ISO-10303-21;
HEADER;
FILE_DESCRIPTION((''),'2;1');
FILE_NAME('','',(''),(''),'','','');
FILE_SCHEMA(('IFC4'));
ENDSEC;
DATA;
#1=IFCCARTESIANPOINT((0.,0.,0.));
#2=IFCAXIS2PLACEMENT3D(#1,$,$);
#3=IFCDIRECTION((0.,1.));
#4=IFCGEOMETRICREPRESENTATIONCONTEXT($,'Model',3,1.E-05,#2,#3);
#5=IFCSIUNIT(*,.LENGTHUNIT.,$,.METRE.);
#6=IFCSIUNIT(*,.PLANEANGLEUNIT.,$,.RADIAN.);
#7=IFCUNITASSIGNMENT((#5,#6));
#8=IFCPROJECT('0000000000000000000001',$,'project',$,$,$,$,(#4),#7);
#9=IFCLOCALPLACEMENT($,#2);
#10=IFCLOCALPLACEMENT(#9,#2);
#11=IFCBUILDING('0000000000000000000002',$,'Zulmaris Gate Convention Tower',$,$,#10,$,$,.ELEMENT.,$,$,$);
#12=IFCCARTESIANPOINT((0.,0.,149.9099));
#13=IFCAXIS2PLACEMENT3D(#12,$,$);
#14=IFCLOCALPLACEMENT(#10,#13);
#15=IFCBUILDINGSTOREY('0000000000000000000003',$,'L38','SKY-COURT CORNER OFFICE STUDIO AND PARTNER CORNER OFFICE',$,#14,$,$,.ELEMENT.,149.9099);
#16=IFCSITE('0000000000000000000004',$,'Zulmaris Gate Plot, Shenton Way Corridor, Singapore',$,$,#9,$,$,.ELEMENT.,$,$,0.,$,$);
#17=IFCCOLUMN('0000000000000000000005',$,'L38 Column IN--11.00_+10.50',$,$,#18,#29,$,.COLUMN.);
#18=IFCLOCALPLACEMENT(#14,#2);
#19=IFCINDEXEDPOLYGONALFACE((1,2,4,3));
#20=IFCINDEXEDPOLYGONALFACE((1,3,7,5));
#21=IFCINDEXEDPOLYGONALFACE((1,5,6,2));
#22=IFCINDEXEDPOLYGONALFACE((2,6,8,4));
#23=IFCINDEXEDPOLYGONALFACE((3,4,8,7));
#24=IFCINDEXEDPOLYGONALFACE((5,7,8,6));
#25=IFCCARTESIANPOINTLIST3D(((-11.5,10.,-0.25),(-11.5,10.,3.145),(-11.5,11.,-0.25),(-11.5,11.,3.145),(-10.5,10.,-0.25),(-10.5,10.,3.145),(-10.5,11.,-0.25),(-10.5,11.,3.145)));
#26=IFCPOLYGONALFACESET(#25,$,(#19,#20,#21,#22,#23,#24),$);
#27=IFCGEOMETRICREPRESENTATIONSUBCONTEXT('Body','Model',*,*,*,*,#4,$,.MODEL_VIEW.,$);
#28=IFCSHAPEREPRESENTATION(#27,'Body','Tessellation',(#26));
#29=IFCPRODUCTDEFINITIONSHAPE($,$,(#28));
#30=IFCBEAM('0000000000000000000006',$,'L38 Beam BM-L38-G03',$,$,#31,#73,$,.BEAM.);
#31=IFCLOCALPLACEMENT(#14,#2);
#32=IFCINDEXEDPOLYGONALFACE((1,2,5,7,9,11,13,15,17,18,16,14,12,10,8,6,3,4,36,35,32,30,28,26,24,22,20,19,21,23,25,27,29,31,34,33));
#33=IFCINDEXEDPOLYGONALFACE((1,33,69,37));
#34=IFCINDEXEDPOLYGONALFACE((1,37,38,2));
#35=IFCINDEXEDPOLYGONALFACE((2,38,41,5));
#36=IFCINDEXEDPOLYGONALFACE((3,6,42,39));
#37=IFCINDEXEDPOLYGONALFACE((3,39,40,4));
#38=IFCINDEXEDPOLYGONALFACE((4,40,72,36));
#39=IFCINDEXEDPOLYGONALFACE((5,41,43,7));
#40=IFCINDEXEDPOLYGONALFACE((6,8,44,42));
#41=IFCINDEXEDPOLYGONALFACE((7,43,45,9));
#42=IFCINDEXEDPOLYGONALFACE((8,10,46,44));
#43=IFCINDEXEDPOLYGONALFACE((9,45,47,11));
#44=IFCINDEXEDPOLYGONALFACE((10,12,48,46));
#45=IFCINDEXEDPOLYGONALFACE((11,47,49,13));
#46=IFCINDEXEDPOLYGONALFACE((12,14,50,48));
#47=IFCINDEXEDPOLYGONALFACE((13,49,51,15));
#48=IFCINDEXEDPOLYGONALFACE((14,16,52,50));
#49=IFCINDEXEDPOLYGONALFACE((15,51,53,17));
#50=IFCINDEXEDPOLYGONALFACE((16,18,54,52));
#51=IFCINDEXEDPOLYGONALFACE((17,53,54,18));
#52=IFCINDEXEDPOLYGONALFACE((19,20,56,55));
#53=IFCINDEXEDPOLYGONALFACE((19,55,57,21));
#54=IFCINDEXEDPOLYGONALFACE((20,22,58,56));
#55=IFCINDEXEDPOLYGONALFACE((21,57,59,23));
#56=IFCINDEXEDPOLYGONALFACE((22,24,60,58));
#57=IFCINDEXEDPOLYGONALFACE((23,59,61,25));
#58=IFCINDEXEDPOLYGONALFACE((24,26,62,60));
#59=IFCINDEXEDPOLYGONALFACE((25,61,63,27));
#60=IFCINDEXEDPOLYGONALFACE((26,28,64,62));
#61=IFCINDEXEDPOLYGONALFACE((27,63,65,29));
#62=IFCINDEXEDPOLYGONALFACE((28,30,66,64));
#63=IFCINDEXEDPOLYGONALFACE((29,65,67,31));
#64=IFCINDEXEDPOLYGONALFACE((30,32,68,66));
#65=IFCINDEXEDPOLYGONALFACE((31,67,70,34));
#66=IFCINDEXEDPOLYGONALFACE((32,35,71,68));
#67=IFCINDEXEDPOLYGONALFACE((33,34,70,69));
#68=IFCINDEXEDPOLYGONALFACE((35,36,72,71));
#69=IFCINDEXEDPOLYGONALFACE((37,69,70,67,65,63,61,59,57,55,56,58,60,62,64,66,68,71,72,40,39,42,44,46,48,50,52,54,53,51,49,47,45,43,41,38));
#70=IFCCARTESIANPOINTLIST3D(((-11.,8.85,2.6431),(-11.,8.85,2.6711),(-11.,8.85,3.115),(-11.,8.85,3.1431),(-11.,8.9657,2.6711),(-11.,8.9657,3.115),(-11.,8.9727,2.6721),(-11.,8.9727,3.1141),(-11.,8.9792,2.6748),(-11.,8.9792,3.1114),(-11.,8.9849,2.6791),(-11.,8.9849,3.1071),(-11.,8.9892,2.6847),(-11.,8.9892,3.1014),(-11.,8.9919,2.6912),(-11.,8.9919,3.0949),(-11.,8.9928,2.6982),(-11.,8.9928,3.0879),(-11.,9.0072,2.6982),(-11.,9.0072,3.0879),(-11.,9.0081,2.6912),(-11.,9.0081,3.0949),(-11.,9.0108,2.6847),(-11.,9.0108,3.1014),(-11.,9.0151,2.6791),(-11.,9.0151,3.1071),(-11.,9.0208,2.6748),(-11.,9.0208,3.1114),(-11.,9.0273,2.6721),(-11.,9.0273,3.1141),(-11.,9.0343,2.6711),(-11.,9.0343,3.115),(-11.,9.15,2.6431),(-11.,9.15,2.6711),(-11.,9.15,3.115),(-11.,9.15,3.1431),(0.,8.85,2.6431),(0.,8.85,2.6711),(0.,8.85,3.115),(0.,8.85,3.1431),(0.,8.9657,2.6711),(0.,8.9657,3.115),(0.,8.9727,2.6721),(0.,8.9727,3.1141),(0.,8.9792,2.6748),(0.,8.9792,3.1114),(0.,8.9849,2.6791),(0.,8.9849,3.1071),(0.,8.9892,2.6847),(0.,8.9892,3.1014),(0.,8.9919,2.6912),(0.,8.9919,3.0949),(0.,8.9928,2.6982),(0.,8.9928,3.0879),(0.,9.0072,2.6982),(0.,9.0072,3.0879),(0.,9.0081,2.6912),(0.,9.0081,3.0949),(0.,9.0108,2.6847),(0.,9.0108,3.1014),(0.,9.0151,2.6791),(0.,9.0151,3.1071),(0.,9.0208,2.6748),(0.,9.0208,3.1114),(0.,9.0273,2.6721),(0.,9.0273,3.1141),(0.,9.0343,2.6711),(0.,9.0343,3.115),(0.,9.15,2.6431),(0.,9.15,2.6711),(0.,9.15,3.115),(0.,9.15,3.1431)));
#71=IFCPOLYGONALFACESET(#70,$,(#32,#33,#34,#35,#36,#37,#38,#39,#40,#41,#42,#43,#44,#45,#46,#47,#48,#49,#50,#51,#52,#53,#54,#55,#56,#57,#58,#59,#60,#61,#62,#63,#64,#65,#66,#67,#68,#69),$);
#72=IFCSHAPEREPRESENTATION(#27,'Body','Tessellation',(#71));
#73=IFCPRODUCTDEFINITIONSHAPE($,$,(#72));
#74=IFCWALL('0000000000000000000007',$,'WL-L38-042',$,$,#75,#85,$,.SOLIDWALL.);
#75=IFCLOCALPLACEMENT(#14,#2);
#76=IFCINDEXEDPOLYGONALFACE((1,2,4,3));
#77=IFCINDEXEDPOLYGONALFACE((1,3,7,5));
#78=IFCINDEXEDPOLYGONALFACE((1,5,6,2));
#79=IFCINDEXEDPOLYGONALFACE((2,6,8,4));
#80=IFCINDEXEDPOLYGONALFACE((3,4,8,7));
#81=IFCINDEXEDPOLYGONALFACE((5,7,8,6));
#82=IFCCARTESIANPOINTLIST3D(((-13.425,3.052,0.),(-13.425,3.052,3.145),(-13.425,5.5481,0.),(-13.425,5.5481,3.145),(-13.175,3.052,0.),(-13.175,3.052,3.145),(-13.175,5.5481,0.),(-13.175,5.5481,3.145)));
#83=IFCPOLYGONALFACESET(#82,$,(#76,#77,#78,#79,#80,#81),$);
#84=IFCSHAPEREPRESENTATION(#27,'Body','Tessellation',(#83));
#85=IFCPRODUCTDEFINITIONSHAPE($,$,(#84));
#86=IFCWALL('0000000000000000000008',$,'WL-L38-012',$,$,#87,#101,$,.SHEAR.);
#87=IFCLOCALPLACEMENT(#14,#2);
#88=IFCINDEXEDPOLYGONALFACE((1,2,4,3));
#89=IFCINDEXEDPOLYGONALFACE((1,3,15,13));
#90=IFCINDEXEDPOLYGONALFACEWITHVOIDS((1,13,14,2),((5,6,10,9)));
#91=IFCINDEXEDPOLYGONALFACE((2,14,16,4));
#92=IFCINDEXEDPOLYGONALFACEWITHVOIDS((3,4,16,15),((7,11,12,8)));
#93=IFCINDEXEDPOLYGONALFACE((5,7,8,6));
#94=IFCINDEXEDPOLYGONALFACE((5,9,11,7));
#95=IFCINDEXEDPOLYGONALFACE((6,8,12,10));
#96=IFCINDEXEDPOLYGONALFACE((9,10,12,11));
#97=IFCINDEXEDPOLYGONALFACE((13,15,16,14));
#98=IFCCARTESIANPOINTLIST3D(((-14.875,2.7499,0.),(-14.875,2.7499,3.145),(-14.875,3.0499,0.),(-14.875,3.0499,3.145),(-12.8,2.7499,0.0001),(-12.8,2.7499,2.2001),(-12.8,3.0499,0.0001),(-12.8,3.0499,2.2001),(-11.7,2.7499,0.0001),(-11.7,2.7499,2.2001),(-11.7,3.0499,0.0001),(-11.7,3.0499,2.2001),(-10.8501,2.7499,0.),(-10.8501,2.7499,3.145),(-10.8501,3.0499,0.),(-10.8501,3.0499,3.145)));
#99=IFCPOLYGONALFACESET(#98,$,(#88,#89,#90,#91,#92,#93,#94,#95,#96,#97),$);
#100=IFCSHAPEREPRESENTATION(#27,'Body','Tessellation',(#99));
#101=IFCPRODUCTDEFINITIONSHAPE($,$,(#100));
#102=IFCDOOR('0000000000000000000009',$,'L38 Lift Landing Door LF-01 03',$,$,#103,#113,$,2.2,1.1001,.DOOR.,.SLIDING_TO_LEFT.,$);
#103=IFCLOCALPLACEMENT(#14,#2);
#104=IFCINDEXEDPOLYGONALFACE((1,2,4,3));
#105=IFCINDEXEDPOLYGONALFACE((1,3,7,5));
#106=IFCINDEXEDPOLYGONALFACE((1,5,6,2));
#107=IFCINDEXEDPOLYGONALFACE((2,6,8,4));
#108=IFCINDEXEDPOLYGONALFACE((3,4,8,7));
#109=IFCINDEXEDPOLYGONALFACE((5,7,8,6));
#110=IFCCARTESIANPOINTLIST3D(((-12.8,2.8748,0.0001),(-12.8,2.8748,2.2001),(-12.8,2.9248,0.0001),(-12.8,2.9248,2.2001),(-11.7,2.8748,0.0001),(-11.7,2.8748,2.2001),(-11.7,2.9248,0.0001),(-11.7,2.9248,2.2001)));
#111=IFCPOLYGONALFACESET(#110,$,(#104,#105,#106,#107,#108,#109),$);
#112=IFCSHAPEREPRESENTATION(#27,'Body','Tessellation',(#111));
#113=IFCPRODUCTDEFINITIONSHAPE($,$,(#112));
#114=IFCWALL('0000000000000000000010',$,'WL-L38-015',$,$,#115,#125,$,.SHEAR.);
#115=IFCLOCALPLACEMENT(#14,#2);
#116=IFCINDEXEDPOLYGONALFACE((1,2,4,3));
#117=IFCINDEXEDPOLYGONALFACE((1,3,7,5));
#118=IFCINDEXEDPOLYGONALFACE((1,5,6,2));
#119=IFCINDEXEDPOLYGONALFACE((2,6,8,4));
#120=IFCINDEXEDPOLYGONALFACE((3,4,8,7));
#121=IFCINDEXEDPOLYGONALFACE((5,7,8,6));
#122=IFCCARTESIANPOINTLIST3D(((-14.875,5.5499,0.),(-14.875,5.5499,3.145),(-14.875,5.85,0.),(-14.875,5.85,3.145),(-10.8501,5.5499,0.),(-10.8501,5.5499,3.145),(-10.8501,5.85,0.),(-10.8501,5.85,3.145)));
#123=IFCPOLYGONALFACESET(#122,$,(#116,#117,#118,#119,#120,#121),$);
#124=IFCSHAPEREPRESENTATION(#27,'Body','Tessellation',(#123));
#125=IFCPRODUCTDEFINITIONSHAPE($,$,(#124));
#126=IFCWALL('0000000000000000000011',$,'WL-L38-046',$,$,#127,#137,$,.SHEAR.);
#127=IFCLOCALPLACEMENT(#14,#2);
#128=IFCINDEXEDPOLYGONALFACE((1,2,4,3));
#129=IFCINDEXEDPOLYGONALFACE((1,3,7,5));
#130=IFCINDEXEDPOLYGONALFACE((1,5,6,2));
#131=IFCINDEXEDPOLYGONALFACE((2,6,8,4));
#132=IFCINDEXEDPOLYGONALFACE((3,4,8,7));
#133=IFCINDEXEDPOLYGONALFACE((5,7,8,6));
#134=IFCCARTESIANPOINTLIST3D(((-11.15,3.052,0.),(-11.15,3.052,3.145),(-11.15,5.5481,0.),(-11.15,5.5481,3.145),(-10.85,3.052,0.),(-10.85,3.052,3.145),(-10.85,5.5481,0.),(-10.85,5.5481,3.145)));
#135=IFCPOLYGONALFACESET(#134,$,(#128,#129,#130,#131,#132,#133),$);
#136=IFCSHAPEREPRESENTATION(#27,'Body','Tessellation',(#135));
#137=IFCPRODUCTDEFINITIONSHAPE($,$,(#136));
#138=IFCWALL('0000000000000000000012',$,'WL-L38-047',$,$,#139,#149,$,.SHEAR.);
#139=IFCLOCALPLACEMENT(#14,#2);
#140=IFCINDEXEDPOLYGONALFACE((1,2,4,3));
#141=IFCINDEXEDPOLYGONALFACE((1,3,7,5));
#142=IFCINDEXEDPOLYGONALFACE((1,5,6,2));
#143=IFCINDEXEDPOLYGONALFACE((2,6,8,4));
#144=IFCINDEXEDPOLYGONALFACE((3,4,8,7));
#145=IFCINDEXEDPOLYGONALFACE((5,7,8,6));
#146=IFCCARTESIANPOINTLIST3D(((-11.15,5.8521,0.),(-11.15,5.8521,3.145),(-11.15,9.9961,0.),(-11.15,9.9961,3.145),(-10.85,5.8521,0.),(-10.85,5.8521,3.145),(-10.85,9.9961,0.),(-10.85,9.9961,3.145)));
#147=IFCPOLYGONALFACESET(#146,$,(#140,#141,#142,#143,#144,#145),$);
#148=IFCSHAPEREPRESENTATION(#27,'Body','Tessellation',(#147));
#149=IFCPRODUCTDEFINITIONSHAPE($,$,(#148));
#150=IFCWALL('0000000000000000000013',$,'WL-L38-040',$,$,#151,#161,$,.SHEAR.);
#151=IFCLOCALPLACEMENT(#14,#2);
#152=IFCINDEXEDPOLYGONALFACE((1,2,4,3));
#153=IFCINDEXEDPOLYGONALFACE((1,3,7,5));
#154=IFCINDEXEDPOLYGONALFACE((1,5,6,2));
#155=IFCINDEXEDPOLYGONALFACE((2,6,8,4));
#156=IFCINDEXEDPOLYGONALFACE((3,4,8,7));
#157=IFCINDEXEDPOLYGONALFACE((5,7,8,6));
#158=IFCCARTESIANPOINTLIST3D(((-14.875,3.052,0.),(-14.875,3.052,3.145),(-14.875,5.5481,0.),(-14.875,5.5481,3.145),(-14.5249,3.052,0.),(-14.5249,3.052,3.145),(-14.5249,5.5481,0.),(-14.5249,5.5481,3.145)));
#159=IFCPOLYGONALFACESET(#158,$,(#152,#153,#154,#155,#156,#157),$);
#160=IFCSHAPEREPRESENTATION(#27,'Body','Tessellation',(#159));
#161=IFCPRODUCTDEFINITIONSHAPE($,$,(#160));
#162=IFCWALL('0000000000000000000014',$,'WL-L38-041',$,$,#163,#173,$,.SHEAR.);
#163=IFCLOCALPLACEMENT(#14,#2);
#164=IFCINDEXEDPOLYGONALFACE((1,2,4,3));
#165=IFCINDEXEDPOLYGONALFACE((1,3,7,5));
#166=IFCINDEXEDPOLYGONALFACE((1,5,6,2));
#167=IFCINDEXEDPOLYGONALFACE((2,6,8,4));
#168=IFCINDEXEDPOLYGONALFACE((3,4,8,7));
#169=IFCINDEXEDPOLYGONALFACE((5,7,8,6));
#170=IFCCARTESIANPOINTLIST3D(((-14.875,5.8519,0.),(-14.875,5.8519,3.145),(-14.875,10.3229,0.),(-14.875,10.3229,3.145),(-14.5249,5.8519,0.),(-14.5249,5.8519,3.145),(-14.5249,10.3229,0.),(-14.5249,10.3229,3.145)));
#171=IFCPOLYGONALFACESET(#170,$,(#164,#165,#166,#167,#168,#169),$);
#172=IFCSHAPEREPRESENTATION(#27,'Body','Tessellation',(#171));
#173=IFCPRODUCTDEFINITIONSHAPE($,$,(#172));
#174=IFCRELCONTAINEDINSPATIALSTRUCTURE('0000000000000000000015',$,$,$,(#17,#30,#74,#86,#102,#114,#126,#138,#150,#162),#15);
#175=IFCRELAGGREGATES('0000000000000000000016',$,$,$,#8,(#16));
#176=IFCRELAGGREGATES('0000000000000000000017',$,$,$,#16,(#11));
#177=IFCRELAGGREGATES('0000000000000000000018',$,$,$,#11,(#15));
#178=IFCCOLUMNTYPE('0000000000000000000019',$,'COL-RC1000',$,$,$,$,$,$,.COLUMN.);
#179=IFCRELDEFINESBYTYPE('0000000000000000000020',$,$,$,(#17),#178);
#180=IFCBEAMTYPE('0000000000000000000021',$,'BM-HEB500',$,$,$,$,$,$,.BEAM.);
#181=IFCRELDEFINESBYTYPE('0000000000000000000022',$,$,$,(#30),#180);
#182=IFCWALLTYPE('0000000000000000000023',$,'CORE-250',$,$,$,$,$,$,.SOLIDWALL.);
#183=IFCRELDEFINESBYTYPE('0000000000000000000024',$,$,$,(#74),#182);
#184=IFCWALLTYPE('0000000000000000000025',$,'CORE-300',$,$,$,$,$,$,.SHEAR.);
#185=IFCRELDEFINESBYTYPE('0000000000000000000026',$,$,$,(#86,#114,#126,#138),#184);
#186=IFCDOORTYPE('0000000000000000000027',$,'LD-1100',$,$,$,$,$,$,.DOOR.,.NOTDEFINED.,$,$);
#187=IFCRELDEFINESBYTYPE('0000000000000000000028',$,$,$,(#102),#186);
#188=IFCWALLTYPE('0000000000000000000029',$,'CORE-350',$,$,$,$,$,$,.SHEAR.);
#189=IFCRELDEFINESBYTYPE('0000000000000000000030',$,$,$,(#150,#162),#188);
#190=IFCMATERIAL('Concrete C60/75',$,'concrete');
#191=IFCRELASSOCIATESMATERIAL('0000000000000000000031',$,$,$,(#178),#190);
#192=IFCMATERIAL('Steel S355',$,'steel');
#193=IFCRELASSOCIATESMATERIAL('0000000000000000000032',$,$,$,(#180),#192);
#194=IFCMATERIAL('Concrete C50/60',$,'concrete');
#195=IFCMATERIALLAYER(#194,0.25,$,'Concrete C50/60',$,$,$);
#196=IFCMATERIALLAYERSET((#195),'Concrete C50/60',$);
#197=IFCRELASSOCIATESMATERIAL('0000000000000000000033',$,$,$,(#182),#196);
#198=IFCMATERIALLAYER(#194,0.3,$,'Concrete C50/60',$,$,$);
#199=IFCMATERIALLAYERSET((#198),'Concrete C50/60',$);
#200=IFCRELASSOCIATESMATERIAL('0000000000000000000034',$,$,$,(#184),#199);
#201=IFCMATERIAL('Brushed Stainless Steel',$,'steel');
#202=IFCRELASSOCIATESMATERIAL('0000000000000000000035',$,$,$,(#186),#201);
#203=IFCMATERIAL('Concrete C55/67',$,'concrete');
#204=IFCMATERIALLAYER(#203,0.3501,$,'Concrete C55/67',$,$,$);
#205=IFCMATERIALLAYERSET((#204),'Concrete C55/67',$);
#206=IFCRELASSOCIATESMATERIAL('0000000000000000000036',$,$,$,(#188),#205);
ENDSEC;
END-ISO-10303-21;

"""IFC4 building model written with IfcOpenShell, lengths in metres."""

from ifc_helpers import new_model, si_unit, direction, frame, frame_2d, origin, origin_2d, place, context, subcontext, project, spatial, rectangle, i_section, extrude, material, layer, layer_set, material_profile, profile_set, type_object, element, fill, save


model = new_model("IFC4")

# Units and contexts
model_context = context("Model", 3, precision=1e-05, world=origin(), true_north=direction((0.0, 1.0)))
body_context = subcontext(model_context, "Body", "Model", "MODEL_VIEW")
ifc_project = project(units=[si_unit("LENGTHUNIT", "METRE"), si_unit("PLANEANGLEUNIT", "RADIAN")], contexts=[model_context])

# Site, building, storey
site_placement = place(None, origin())
site = spatial("IfcSite", under=ifc_project, at=site_placement, Name="Zulmaris Gate Plot, Shenton Way Corridor, Singapore", CompositionType="ELEMENT", RefElevation=0.0)
building_placement = place(site_placement, origin())
building = spatial("IfcBuilding", under=site, at=building_placement, Name="Zulmaris Gate Convention Tower", CompositionType="ELEMENT")
storey_placement = place(building_placement, frame((0.0, 0.0, 149.9099)))
storey = spatial("IfcBuildingStorey", under=building, at=storey_placement, Name="L38", Description="SKY-COURT CORNER OFFICE STUDIO AND PARTNER CORNER OFFICE", CompositionType="ELEMENT", Elevation=149.9099)

# Column
ifc_material_1 = material(Name="Concrete C60/75", Category="concrete")
ifc_material_profile_1 = material_profile(ifc_material_1, rectangle(XDim=1.0, YDim=1.0, at=origin_2d()), Name="RC COL 1000x1000")
ifc_profile_set_1 = profile_set([ifc_material_profile_1], Name="Concrete C60/75")
column_type = type_object("IfcColumnType", Name="COL-RC1000", PredefinedType="COLUMN", material=ifc_profile_set_1)
column_placement = place(storey_placement, frame((-11.0, 10.5, -0.25), z_axis=(0.0, 0.0, 1.0), x_axis=(1.0, 0.0, 0.0)))
element("IfcColumn", 1, at=column_placement, inside=storey, type_object=column_type, Name="L38 Column IN--11.00_+10.50", PredefinedType="COLUMN", context=body_context, shape_type="SweptSolid", body=[
    extrude(rectangle(XDim=1.0, YDim=1.0, at=origin_2d()), origin(), (0.0, 0.0, 1.0), 3.395),
])

# Beam
ifc_material_2 = material(Name="Steel S355", Category="steel")
ifc_material_profile_2 = material_profile(ifc_material_2, i_section(OverallWidth=0.3, OverallDepth=0.5, WebThickness=0.0144, FlangeThickness=0.0281, FilletRadius=0.0271, at=origin_2d()), Name="HEB 500")
ifc_profile_set_2 = profile_set([ifc_material_profile_2], Name="Steel S355")
beam_type = type_object("IfcBeamType", Name="BM-HEB500", PredefinedType="BEAM", material=ifc_profile_set_2)
beam_placement = place(storey_placement, frame((-11.0, 9.0, 2.8931), z_axis=(1.0, 0.0, 0.0), x_axis=(0.0, 1.0, 0.0)))
element("IfcBeam", 2, at=beam_placement, inside=storey, type_object=beam_type, Name="L38 Beam BM-L38-G03", PredefinedType="BEAM", context=body_context, shape_type="SweptSolid", body=[
    extrude(i_section(OverallWidth=0.3, OverallDepth=0.5, WebThickness=0.0144, FlangeThickness=0.0281, FilletRadius=0.0271, at=origin_2d()), origin(), (0.0, 0.0, 1.0), 11.0),
])

# Wall
ifc_material_3 = material(Name="Concrete C50/60", Category="concrete")
ifc_layer_1 = layer(ifc_material_3, 0.25, Name="Concrete C50/60")
ifc_layer_set_1 = layer_set([ifc_layer_1], Name="Concrete C50/60")
wall_type_1 = type_object("IfcWallType", Name="CORE-250", PredefinedType="SOLIDWALL", material=ifc_layer_set_1)
wall_1_placement = place(storey_placement, frame((-13.3, 3.052, 0.0), z_axis=(0.0, 0.0, 1.0), x_axis=(0.0, 1.0, 0.0)))
element("IfcWall", 3, at=wall_1_placement, inside=storey, type_object=wall_type_1, Name="WL-L38-042", PredefinedType="SOLIDWALL", context=body_context, shape_type="SweptSolid", body=[
    extrude(rectangle(XDim=2.4961, YDim=0.25, at=frame_2d((1.248, 0.0))), origin(), (0.0, 0.0, 1.0), 3.145),
])

# Wall, opening, door
ifc_layer_2 = layer(ifc_material_3, 0.3, Name="Concrete C50/60")
ifc_layer_set_2 = layer_set([ifc_layer_2], Name="Concrete C50/60")
wall_type_2 = type_object("IfcWallType", Name="CORE-300", PredefinedType="SHEAR", material=ifc_layer_set_2)
wall_2_placement = place(storey_placement, frame((-14.875, 2.8999, 0.0), z_axis=(0.0, 0.0, 1.0), x_axis=(1.0, 0.0, 0.0)))
wall_2 = element("IfcWall", 4, at=wall_2_placement, inside=storey, type_object=wall_type_2, Name="WL-L38-012", PredefinedType="SHEAR", context=body_context, shape_type="SweptSolid", body=[
    extrude(rectangle(XDim=4.0249, YDim=0.3, at=frame_2d((2.0125, 0.0))), origin(), (0.0, 0.0, 1.0), 3.145),
])
opening_1_placement = place(wall_2_placement, frame((2.075, 0.0, 0.0)))
opening_1 = element("IfcOpeningElement", 5, at=opening_1_placement, cuts=wall_2, PredefinedType="OPENING", context=body_context, shape_type="SweptSolid", body=[
    extrude(rectangle(XDim=1.1001, YDim=2.2, at=frame_2d((0.55, 1.1001))), frame((0.0, 0.1602, 0.0), z_axis=(0.0, -1.0, 0.0), x_axis=(1.0, 0.0, 0.0)), (0.0, 0.0, 1.0), 0.3201),
])
ifc_material_4 = material(Name="Brushed Stainless Steel", Category="steel")
door_type_1 = type_object("IfcDoorType", Name="LD-1100", OperationType="NOTDEFINED", PredefinedType="DOOR", material=ifc_material_4)
door_1_placement = place(opening_1_placement, origin())
door_1 = element("IfcDoor", 6, at=door_1_placement, inside=storey, type_object=door_type_1, Name="L38 Lift Landing Door LF-01 03", OperationType="SLIDING_TO_LEFT", OverallHeight=2.2, OverallWidth=1.1001, PredefinedType="DOOR", context=body_context, shape_type="SweptSolid", body=[
    extrude(rectangle(XDim=1.1001, YDim=2.2, at=frame_2d((0.55, 1.1001))), frame((0.0, 0.0249, 0.0), z_axis=(0.0, -1.0, 0.0), x_axis=(1.0, 0.0, 0.0)), (0.0, 0.0, 1.0), 0.05),
])
fill(opening_1, door_1)

# Wall
wall_3_placement = place(storey_placement, frame((-14.875, 5.7, 0.0), z_axis=(0.0, 0.0, 1.0), x_axis=(1.0, 0.0, 0.0)))
element("IfcWall", 7, at=wall_3_placement, inside=storey, type_object=wall_type_2, Name="WL-L38-015", PredefinedType="SHEAR", context=body_context, shape_type="SweptSolid", body=[
    extrude(rectangle(XDim=4.0249, YDim=0.3, at=frame_2d((2.0125, 0.0))), origin(), (0.0, 0.0, 1.0), 3.145),
])

# Walls
wall_4_placement = place(storey_placement, frame((-11.0, 3.052, 0.0), z_axis=(0.0, 0.0, 1.0), x_axis=(0.0, 1.0, 0.0)))
element("IfcWall", 8, at=wall_4_placement, inside=storey, type_object=wall_type_2, Name="WL-L38-046", PredefinedType="SHEAR", context=body_context, shape_type="SweptSolid", body=[
    extrude(rectangle(XDim=2.4961, YDim=0.3, at=frame_2d((1.248, 0.0))), origin(), (0.0, 0.0, 1.0), 3.145),
])
wall_5_placement = place(storey_placement, frame((-11.0, 5.8521, 0.0), z_axis=(0.0, 0.0, 1.0), x_axis=(0.0, 1.0, 0.0)))
element("IfcWall", 9, at=wall_5_placement, inside=storey, type_object=wall_type_2, Name="WL-L38-047", PredefinedType="SHEAR", context=body_context, shape_type="SweptSolid", body=[
    extrude(rectangle(XDim=4.144, YDim=0.3, at=frame_2d((2.072, 0.0))), origin(), (0.0, 0.0, 1.0), 3.145),
])

# Shared definitions
ifc_material_5 = material(Name="Concrete C55/67", Category="concrete")
ifc_layer_3 = layer(ifc_material_5, 0.3501, Name="Concrete C55/67")
ifc_layer_set_3 = layer_set([ifc_layer_3], Name="Concrete C55/67")
wall_type_3 = type_object("IfcWallType", Name="CORE-350", PredefinedType="SHEAR", material=ifc_layer_set_3)

# Walls
wall_6_placement = place(storey_placement, frame((-14.7, 3.052, 0.0), z_axis=(0.0, 0.0, 1.0), x_axis=(0.0, 1.0, 0.0)))
element("IfcWall", 10, at=wall_6_placement, inside=storey, type_object=wall_type_3, Name="WL-L38-040", PredefinedType="SHEAR", context=body_context, shape_type="SweptSolid", body=[
    extrude(rectangle(XDim=2.4961, YDim=0.3501, at=frame_2d((1.248, 0.0))), origin(), (0.0, 0.0, 1.0), 3.145),
])
wall_7_placement = place(storey_placement, frame((-14.7, 5.8521, 0.0), z_axis=(0.0, 0.0, 1.0), x_axis=(0.0, 1.0, 0.0)))
element("IfcWall", 11, at=wall_7_placement, inside=storey, type_object=wall_type_3, Name="WL-L38-041", PredefinedType="SHEAR", context=body_context, shape_type="SweptSolid", body=[
    extrude(rectangle(XDim=4.4709, YDim=0.3501, at=frame_2d((2.2354, 0.0))), origin(), (0.0, 0.0, 1.0), 3.145),
])

save(model, "model.ifc")
